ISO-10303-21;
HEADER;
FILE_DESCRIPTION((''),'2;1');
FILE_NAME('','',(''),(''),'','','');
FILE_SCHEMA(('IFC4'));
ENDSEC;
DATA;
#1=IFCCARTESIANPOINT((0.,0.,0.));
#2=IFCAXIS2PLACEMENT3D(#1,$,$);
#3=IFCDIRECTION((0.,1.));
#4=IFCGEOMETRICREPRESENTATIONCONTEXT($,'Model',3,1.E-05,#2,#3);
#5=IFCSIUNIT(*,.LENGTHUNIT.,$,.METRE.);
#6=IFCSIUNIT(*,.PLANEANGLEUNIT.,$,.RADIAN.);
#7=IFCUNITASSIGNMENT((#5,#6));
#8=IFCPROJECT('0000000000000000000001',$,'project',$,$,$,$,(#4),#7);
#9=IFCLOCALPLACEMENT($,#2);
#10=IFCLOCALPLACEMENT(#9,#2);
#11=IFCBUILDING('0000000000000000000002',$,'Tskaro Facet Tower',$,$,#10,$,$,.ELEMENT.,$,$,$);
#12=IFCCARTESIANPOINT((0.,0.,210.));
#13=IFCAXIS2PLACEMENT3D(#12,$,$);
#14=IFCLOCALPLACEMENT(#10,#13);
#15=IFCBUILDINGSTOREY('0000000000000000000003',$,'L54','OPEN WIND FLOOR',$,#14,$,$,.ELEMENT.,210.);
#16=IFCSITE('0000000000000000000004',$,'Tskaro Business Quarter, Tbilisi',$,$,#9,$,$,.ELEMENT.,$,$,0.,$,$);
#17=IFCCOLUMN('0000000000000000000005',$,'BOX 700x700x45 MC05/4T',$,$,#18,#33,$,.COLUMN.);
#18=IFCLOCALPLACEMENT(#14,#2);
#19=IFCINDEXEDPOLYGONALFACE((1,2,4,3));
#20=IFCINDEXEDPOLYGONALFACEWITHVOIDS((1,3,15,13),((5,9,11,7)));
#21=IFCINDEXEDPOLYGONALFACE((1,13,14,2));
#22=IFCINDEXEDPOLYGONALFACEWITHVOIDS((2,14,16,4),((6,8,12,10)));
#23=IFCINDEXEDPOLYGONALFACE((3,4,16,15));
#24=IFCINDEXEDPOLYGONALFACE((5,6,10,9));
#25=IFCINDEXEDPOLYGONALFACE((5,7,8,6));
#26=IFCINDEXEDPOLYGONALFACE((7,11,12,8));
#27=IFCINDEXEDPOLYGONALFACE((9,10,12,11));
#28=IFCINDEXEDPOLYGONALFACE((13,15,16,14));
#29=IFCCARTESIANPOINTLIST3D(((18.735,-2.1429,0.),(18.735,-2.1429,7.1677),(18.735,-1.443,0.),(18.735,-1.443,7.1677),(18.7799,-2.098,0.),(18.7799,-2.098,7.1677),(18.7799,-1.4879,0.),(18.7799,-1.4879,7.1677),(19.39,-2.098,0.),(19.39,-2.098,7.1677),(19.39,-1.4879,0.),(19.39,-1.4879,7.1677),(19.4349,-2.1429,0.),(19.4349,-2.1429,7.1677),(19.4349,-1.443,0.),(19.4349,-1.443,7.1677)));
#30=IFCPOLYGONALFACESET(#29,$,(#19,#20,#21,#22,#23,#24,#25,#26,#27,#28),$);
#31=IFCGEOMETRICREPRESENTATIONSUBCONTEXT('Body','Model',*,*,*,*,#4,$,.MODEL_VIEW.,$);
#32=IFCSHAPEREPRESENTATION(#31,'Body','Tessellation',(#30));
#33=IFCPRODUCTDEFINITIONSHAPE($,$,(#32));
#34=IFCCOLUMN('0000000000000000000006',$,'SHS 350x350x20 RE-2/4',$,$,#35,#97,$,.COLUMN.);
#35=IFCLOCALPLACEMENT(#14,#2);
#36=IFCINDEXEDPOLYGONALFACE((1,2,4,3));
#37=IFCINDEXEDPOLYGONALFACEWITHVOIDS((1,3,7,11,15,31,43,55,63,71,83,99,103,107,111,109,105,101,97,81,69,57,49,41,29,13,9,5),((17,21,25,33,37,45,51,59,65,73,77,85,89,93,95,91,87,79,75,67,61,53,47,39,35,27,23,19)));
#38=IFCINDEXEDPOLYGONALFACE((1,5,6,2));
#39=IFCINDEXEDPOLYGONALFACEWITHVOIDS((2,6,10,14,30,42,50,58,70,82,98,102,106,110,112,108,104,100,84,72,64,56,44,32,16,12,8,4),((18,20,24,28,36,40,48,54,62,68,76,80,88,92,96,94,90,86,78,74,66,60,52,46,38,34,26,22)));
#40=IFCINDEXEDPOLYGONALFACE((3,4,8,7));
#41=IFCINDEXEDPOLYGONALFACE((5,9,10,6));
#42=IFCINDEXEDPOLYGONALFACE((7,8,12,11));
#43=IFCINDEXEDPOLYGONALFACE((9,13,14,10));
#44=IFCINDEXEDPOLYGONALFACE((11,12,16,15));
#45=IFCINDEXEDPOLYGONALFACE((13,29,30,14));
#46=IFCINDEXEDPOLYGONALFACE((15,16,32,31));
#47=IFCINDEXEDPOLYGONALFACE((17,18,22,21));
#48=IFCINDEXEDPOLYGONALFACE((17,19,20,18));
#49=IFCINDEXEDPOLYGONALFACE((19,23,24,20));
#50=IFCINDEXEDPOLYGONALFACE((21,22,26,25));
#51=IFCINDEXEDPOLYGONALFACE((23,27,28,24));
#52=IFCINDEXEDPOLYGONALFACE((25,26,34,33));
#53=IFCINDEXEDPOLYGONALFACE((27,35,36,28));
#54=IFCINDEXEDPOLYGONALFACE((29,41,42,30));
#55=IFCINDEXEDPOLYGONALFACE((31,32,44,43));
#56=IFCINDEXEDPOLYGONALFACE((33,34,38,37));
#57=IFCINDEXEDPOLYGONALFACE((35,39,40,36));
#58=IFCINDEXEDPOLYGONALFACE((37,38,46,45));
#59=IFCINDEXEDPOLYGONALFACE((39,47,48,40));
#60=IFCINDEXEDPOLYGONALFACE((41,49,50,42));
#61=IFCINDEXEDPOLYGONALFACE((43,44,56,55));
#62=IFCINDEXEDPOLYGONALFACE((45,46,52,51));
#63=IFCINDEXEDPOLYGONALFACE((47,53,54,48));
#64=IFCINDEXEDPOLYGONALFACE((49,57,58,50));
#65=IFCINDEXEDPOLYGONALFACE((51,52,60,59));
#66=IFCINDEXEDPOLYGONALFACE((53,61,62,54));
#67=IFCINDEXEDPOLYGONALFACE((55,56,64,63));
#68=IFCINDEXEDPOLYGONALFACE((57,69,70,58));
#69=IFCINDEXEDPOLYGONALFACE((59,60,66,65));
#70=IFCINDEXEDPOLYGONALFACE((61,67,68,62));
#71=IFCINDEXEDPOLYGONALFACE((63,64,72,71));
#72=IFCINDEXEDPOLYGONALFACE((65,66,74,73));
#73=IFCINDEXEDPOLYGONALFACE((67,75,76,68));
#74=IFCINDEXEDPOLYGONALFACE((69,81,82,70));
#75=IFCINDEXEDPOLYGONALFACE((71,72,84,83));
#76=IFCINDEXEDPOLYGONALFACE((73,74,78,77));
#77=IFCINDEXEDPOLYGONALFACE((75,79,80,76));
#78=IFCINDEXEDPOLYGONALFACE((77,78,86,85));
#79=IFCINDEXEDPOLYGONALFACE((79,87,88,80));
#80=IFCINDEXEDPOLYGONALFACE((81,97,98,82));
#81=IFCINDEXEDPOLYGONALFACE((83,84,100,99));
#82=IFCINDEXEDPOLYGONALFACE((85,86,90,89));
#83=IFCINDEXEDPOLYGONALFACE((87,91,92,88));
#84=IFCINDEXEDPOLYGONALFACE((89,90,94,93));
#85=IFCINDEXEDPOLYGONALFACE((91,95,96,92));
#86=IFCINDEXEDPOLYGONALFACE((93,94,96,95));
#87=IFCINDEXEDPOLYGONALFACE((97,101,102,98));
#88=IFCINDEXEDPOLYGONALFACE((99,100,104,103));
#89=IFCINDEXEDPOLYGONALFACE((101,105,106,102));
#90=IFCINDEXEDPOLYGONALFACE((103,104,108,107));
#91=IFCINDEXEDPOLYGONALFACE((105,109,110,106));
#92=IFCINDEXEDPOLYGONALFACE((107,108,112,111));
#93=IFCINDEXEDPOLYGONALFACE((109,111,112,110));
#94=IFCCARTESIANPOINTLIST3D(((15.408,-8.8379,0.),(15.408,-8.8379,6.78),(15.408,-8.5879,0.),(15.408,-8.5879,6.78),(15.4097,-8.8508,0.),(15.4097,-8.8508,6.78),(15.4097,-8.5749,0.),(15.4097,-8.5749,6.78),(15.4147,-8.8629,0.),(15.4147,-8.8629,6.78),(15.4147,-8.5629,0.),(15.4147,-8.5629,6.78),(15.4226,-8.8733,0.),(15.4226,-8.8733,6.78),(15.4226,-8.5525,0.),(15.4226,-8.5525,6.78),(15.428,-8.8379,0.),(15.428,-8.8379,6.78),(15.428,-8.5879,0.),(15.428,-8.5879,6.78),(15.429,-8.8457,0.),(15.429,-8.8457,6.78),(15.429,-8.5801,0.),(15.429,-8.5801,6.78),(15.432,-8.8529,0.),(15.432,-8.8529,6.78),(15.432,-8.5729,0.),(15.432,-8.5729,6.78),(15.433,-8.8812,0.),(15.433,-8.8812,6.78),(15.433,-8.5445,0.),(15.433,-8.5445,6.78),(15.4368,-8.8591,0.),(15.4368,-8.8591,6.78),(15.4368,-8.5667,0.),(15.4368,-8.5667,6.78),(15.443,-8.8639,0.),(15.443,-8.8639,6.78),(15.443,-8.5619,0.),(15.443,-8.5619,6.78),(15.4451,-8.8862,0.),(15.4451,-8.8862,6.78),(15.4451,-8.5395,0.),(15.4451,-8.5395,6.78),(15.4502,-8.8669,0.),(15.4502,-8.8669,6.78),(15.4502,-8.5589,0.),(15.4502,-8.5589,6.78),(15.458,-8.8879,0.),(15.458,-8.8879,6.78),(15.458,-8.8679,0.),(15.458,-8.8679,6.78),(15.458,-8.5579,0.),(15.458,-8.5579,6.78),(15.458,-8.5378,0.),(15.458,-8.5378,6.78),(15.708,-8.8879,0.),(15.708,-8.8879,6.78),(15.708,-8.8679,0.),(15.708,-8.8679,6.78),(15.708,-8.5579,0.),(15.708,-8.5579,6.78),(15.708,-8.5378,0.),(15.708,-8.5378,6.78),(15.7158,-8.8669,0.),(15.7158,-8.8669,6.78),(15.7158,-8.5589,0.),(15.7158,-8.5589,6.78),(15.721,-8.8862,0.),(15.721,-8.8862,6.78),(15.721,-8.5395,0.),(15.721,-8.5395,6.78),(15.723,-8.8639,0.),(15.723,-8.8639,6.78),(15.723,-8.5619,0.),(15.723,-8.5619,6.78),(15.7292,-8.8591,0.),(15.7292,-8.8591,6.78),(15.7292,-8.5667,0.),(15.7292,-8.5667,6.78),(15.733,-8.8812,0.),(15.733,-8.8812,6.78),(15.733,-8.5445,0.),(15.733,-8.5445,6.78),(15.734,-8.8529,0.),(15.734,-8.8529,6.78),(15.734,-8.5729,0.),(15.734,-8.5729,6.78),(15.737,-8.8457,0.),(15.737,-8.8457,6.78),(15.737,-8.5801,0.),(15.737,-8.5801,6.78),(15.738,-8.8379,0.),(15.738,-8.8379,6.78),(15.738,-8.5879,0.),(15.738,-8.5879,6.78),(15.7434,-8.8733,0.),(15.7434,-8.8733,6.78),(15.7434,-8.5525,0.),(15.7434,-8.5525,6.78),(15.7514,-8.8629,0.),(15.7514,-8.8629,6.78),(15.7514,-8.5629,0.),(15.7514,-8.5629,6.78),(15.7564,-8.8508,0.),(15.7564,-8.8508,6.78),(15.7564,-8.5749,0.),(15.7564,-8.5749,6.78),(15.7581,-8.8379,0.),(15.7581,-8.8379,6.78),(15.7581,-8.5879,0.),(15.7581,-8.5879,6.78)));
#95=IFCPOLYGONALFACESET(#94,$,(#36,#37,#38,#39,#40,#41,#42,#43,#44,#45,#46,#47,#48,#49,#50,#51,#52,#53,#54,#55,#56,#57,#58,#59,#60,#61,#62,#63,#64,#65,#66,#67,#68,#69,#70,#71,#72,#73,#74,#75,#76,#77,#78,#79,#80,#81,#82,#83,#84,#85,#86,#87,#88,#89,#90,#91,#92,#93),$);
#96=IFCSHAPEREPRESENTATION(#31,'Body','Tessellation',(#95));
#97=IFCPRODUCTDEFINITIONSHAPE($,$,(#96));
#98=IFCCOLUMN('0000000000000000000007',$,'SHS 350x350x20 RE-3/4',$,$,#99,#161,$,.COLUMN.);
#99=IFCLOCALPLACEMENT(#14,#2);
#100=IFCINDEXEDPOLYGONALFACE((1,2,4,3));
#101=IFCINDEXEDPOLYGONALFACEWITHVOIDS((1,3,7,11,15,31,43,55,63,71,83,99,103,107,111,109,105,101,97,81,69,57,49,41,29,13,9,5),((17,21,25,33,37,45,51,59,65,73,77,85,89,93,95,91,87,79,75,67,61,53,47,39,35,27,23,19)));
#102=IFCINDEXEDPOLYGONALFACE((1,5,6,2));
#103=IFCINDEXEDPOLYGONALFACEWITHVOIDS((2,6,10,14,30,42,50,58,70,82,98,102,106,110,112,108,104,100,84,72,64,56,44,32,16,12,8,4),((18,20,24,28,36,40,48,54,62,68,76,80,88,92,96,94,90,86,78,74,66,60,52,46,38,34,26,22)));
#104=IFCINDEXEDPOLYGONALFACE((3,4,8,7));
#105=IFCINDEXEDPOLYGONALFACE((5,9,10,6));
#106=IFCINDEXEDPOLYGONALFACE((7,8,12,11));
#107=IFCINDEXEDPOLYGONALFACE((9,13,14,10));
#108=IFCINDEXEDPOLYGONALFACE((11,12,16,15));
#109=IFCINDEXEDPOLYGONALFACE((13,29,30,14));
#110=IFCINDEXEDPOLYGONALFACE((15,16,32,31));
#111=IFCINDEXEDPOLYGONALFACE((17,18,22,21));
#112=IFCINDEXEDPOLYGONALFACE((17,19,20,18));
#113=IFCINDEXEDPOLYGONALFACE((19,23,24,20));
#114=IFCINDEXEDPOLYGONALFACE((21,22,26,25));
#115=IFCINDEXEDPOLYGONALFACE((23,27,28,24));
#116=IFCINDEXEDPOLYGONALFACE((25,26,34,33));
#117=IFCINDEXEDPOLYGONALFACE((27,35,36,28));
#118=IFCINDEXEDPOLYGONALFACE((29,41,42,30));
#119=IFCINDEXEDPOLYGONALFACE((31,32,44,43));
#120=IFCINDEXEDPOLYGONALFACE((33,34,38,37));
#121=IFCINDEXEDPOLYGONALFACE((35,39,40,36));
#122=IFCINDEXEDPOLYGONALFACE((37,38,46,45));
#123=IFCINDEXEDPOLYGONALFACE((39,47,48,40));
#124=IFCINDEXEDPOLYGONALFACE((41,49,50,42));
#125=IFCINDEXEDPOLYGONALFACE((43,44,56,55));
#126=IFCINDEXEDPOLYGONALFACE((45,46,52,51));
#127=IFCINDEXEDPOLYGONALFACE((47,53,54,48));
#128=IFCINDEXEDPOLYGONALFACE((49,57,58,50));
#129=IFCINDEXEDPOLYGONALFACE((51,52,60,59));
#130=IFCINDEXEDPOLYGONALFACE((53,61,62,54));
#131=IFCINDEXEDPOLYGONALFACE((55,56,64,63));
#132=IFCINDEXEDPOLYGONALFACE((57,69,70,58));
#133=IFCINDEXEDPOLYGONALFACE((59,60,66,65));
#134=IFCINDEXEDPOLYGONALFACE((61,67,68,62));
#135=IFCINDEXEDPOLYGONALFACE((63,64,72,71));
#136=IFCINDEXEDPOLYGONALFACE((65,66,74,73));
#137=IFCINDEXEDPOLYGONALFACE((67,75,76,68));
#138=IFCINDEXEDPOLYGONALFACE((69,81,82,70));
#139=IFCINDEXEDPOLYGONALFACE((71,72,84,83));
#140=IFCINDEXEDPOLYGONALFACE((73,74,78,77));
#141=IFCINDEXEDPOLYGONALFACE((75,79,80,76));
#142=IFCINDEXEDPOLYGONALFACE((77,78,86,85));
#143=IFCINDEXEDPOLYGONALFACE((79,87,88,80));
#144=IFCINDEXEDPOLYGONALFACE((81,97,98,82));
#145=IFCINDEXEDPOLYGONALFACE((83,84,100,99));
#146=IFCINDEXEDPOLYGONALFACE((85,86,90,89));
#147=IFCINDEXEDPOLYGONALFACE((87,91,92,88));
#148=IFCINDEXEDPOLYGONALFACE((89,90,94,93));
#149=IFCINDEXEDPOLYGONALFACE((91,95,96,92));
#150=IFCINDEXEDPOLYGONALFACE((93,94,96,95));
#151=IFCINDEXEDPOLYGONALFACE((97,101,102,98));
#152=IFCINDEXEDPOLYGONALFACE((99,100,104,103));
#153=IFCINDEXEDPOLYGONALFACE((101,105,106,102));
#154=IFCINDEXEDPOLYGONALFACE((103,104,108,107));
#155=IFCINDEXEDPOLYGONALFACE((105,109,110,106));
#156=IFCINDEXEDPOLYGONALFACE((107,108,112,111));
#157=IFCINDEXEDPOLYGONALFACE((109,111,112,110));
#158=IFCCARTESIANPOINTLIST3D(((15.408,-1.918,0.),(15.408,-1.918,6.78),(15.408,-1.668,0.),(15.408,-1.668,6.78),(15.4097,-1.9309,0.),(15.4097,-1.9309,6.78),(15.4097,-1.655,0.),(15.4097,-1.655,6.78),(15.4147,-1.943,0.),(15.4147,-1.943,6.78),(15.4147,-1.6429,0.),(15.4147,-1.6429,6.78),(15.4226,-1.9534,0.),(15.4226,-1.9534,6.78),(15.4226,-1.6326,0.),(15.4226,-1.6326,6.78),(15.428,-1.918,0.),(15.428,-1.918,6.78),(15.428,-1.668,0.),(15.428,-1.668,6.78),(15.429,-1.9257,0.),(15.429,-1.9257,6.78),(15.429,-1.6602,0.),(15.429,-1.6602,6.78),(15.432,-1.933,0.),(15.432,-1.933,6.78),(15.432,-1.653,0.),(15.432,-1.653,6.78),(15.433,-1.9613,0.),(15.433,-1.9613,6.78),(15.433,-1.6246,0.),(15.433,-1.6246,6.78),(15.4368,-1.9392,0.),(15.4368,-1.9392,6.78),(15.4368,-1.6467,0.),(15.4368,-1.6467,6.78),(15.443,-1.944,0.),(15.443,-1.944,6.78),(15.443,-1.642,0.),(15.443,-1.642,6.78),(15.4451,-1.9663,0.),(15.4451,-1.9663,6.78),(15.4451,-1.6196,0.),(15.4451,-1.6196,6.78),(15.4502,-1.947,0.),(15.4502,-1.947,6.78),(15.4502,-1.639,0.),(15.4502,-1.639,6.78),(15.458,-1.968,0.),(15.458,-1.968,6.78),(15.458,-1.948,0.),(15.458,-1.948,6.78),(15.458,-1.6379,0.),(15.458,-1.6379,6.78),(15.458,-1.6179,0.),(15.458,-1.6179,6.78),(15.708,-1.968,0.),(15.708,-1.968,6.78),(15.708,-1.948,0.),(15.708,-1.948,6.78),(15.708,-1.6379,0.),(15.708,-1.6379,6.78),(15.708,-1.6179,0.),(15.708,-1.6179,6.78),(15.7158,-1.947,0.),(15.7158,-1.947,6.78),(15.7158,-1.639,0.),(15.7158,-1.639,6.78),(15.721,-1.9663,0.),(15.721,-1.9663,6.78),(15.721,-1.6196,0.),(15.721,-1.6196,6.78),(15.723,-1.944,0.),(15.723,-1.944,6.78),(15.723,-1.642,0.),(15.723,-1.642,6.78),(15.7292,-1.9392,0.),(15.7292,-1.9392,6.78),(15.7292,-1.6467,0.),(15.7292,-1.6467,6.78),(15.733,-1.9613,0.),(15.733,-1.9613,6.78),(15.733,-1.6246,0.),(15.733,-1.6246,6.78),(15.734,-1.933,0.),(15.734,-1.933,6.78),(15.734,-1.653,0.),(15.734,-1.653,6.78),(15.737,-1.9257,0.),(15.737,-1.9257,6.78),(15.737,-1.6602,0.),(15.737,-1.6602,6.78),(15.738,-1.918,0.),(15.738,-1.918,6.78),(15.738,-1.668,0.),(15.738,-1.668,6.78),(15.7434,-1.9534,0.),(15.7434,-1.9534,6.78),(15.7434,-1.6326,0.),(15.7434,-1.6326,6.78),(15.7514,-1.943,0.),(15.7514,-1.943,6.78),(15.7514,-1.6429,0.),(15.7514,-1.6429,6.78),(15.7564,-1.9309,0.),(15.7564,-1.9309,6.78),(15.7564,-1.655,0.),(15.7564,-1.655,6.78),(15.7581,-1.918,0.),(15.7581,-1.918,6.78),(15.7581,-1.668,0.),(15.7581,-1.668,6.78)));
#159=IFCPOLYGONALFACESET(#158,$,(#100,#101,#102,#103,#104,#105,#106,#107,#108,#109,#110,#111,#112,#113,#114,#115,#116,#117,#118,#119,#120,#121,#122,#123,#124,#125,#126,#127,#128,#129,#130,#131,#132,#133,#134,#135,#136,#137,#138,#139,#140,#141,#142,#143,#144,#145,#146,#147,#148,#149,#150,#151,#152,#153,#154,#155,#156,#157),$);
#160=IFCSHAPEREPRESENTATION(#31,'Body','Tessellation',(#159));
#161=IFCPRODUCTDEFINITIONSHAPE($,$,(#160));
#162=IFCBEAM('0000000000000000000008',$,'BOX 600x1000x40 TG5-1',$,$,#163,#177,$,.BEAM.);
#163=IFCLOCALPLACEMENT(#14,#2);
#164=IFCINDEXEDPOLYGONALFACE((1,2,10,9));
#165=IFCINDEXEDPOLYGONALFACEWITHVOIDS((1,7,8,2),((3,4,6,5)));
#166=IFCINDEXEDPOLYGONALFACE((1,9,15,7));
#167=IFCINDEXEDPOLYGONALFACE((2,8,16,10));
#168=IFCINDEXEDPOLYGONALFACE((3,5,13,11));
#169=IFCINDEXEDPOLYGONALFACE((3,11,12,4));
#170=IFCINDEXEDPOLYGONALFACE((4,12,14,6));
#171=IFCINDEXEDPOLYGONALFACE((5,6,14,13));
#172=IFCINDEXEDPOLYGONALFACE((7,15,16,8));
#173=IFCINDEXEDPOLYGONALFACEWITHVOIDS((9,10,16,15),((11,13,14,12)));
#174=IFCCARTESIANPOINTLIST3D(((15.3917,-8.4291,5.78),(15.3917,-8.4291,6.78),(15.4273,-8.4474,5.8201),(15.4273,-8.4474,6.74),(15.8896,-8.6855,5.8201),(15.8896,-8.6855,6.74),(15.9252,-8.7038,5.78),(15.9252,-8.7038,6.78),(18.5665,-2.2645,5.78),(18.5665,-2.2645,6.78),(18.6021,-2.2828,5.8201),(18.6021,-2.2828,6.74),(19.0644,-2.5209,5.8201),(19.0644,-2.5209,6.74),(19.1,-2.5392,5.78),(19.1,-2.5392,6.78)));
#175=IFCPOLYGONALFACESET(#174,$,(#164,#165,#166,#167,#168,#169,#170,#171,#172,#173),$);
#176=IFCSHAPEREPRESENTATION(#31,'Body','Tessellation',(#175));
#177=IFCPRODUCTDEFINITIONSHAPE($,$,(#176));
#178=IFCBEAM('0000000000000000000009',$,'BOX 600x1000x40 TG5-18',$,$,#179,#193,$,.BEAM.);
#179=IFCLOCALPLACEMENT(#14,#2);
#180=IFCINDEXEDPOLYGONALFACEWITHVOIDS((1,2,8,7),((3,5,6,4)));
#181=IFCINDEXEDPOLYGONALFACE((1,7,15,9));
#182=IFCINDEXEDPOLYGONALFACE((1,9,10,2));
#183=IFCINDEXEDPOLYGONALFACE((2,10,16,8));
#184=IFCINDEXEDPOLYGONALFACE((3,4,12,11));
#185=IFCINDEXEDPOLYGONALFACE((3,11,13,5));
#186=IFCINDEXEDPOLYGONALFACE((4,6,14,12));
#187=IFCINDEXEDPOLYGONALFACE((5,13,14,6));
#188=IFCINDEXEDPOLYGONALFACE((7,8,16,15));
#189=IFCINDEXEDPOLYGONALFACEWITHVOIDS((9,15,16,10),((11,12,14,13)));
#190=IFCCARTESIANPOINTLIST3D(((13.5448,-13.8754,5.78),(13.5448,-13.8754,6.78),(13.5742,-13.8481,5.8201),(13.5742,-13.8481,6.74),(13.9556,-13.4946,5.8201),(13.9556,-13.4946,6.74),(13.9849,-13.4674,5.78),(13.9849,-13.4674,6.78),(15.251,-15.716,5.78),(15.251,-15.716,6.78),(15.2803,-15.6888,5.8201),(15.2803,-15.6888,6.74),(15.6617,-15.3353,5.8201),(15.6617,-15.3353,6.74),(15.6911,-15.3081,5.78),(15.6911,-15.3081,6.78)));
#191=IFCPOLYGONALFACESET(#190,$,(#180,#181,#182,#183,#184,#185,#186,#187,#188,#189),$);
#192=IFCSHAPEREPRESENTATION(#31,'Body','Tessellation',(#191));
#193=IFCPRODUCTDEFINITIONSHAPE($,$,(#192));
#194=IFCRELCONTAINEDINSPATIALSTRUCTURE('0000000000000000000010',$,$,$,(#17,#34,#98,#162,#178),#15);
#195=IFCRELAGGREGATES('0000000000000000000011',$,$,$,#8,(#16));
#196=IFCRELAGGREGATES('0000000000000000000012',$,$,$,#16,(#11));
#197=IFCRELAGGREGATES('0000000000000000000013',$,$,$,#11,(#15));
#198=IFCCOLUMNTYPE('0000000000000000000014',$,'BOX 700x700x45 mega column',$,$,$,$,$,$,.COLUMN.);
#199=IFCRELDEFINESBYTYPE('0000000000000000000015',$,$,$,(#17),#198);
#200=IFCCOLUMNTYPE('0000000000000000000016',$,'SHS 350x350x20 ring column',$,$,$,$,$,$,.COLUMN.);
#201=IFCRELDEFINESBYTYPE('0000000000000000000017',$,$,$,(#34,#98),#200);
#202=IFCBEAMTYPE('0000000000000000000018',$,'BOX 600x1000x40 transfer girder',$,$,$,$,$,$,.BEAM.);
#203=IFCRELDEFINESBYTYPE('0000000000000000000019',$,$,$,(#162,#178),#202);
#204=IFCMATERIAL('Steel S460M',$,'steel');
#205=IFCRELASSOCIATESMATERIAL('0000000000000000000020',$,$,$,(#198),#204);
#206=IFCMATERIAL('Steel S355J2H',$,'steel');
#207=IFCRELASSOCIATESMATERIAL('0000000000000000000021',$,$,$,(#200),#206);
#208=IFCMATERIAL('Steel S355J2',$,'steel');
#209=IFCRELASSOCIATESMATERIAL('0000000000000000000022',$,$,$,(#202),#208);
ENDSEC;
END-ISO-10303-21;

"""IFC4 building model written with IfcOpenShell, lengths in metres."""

from ifc_helpers import new_model, si_unit, direction, frame, origin, origin_2d, place, context, subcontext, project, spatial, hollow_rectangle, extrude, material, material_profile, profile_set, type_object, element, save


model = new_model("IFC4")

# Units and contexts
model_context = context("Model", 3, precision=1e-05, world=origin(), true_north=direction((0.0, 1.0)))
body_context = subcontext(model_context, "Body", "Model", "MODEL_VIEW")
ifc_project = project(units=[si_unit("LENGTHUNIT", "METRE"), si_unit("PLANEANGLEUNIT", "RADIAN")], contexts=[model_context])

# Site, building, storey
site_placement = place(None, origin())
site = spatial("IfcSite", under=ifc_project, at=site_placement, Name="Tskaro Business Quarter, Tbilisi", CompositionType="ELEMENT", RefElevation=0.0)
building_placement = place(site_placement, origin())
building = spatial("IfcBuilding", under=site, at=building_placement, Name="Tskaro Facet Tower", CompositionType="ELEMENT")
storey_placement = place(building_placement, frame((0.0, 0.0, 210.0)))
storey = spatial("IfcBuildingStorey", under=building, at=storey_placement, Name="L54", Description="OPEN WIND FLOOR", CompositionType="ELEMENT", Elevation=210.0)

# Columns
ifc_material_1 = material(Name="Steel S460M", Category="steel")
ifc_material_profile_1 = material_profile(ifc_material_1, hollow_rectangle(XDim=0.7, YDim=0.7, WallThickness=0.0449, at=origin_2d()), Name="BOX 700x700x45")
ifc_profile_set_1 = profile_set([ifc_material_profile_1], Name="Steel S460M")
column_type_1 = type_object("IfcColumnType", Name="BOX 700x700x45 mega column", PredefinedType="COLUMN", material=ifc_profile_set_1)
column_placement = place(storey_placement, frame((19.085, -1.793, 0.0), z_axis=(0.0, 0.0, 1.0), x_axis=(1.0, 0.0, 0.0)))
element("IfcColumn", 1, at=column_placement, inside=storey, type_object=column_type_1, Name="BOX 700x700x45 MC05/4T", PredefinedType="COLUMN", context=body_context, shape_type="SweptSolid", body=[
    extrude(hollow_rectangle(XDim=0.7, YDim=0.7, WallThickness=0.0449, at=origin_2d()), origin(), (0.0, 0.0, 1.0), 7.1677),
])
ifc_material_2 = material(Name="Steel S355J2H", Category="steel")
ifc_material_profile_2 = material_profile(ifc_material_2, hollow_rectangle(XDim=0.3501, YDim=0.3501, WallThickness=0.02, InnerFilletRadius=0.03, OuterFilletRadius=0.05, at=origin_2d()), Name="SHS 350x350x20")
ifc_profile_set_2 = profile_set([ifc_material_profile_2], Name="Steel S355J2H")
column_type_2 = type_object("IfcColumnType", Name="SHS 350x350x20 ring column", PredefinedType="COLUMN", material=ifc_profile_set_2)
for number, where, z_axis, x_axis, name in (
    (2, (15.583, -8.7129, 0.0), (0.0, 0.0, 1.0), (1.0, 0.0, 0.0), "SHS 350x350x20 RE-2/4"),
    (3, (15.583, -1.793, 0.0), (0.0, 0.0, 1.0), (1.0, 0.0, 0.0), "SHS 350x350x20 RE-3/4"),
):
    element("IfcColumn", number, at=place(storey_placement, frame(where, z_axis=z_axis, x_axis=x_axis)), inside=storey, type_object=column_type_2, Name=name, PredefinedType="COLUMN", context=body_context, shape_type="SweptSolid", body=[
        extrude(hollow_rectangle(XDim=0.3501, YDim=0.3501, WallThickness=0.02, InnerFilletRadius=0.03, OuterFilletRadius=0.05, at=origin_2d()), origin(), (0.0, 0.0, 1.0), 6.78),
    ])

# Beams
ifc_material_3 = material(Name="Steel S355J2", Category="steel")
ifc_material_profile_3 = material_profile(ifc_material_3, hollow_rectangle(XDim=0.6001, YDim=1.0, WallThickness=0.04, at=origin_2d()), Name="BOX 600x1000x40")
ifc_profile_set_3 = profile_set([ifc_material_profile_3], Name="Steel S355J2")
beam_type_1 = type_object("IfcBeamType", Name="BOX 600x1000x40 transfer girder", PredefinedType="BEAM", material=ifc_profile_set_3)
beam_1_placement = place(storey_placement, frame((18.8333, -2.4019, 6.28), z_axis=(-0.457857, -0.889026, 0.0), x_axis=(0.889026, -0.457857, 0.0)))
element("IfcBeam", 4, at=beam_1_placement, inside=storey, type_object=beam_type_1, Name="BOX 600x1000x40 TG5-1", PredefinedType="BEAM", context=body_context, shape_type="SweptSolid", body=[
    extrude(hollow_rectangle(XDim=0.6001, YDim=1.0, WallThickness=0.04, at=origin_2d()), origin(), (0.0, 0.0, 1.0), 6.9341),
])
beam_2_placement = place(storey_placement, frame((13.7649, -13.6714, 6.28), z_axis=(0.679798, -0.7334, 0.0), x_axis=(0.7334, 0.679798, 0.0)))
element("IfcBeam", 5, at=beam_2_placement, inside=storey, type_object=beam_type_1, Name="BOX 600x1000x40 TG5-18", PredefinedType="BEAM", context=body_context, shape_type="SweptSolid", body=[
    extrude(hollow_rectangle(XDim=0.6001, YDim=1.0, WallThickness=0.04, at=origin_2d()), origin(), (0.0, 0.0, 1.0), 2.5098),
])

save(model, "model.ifc")
